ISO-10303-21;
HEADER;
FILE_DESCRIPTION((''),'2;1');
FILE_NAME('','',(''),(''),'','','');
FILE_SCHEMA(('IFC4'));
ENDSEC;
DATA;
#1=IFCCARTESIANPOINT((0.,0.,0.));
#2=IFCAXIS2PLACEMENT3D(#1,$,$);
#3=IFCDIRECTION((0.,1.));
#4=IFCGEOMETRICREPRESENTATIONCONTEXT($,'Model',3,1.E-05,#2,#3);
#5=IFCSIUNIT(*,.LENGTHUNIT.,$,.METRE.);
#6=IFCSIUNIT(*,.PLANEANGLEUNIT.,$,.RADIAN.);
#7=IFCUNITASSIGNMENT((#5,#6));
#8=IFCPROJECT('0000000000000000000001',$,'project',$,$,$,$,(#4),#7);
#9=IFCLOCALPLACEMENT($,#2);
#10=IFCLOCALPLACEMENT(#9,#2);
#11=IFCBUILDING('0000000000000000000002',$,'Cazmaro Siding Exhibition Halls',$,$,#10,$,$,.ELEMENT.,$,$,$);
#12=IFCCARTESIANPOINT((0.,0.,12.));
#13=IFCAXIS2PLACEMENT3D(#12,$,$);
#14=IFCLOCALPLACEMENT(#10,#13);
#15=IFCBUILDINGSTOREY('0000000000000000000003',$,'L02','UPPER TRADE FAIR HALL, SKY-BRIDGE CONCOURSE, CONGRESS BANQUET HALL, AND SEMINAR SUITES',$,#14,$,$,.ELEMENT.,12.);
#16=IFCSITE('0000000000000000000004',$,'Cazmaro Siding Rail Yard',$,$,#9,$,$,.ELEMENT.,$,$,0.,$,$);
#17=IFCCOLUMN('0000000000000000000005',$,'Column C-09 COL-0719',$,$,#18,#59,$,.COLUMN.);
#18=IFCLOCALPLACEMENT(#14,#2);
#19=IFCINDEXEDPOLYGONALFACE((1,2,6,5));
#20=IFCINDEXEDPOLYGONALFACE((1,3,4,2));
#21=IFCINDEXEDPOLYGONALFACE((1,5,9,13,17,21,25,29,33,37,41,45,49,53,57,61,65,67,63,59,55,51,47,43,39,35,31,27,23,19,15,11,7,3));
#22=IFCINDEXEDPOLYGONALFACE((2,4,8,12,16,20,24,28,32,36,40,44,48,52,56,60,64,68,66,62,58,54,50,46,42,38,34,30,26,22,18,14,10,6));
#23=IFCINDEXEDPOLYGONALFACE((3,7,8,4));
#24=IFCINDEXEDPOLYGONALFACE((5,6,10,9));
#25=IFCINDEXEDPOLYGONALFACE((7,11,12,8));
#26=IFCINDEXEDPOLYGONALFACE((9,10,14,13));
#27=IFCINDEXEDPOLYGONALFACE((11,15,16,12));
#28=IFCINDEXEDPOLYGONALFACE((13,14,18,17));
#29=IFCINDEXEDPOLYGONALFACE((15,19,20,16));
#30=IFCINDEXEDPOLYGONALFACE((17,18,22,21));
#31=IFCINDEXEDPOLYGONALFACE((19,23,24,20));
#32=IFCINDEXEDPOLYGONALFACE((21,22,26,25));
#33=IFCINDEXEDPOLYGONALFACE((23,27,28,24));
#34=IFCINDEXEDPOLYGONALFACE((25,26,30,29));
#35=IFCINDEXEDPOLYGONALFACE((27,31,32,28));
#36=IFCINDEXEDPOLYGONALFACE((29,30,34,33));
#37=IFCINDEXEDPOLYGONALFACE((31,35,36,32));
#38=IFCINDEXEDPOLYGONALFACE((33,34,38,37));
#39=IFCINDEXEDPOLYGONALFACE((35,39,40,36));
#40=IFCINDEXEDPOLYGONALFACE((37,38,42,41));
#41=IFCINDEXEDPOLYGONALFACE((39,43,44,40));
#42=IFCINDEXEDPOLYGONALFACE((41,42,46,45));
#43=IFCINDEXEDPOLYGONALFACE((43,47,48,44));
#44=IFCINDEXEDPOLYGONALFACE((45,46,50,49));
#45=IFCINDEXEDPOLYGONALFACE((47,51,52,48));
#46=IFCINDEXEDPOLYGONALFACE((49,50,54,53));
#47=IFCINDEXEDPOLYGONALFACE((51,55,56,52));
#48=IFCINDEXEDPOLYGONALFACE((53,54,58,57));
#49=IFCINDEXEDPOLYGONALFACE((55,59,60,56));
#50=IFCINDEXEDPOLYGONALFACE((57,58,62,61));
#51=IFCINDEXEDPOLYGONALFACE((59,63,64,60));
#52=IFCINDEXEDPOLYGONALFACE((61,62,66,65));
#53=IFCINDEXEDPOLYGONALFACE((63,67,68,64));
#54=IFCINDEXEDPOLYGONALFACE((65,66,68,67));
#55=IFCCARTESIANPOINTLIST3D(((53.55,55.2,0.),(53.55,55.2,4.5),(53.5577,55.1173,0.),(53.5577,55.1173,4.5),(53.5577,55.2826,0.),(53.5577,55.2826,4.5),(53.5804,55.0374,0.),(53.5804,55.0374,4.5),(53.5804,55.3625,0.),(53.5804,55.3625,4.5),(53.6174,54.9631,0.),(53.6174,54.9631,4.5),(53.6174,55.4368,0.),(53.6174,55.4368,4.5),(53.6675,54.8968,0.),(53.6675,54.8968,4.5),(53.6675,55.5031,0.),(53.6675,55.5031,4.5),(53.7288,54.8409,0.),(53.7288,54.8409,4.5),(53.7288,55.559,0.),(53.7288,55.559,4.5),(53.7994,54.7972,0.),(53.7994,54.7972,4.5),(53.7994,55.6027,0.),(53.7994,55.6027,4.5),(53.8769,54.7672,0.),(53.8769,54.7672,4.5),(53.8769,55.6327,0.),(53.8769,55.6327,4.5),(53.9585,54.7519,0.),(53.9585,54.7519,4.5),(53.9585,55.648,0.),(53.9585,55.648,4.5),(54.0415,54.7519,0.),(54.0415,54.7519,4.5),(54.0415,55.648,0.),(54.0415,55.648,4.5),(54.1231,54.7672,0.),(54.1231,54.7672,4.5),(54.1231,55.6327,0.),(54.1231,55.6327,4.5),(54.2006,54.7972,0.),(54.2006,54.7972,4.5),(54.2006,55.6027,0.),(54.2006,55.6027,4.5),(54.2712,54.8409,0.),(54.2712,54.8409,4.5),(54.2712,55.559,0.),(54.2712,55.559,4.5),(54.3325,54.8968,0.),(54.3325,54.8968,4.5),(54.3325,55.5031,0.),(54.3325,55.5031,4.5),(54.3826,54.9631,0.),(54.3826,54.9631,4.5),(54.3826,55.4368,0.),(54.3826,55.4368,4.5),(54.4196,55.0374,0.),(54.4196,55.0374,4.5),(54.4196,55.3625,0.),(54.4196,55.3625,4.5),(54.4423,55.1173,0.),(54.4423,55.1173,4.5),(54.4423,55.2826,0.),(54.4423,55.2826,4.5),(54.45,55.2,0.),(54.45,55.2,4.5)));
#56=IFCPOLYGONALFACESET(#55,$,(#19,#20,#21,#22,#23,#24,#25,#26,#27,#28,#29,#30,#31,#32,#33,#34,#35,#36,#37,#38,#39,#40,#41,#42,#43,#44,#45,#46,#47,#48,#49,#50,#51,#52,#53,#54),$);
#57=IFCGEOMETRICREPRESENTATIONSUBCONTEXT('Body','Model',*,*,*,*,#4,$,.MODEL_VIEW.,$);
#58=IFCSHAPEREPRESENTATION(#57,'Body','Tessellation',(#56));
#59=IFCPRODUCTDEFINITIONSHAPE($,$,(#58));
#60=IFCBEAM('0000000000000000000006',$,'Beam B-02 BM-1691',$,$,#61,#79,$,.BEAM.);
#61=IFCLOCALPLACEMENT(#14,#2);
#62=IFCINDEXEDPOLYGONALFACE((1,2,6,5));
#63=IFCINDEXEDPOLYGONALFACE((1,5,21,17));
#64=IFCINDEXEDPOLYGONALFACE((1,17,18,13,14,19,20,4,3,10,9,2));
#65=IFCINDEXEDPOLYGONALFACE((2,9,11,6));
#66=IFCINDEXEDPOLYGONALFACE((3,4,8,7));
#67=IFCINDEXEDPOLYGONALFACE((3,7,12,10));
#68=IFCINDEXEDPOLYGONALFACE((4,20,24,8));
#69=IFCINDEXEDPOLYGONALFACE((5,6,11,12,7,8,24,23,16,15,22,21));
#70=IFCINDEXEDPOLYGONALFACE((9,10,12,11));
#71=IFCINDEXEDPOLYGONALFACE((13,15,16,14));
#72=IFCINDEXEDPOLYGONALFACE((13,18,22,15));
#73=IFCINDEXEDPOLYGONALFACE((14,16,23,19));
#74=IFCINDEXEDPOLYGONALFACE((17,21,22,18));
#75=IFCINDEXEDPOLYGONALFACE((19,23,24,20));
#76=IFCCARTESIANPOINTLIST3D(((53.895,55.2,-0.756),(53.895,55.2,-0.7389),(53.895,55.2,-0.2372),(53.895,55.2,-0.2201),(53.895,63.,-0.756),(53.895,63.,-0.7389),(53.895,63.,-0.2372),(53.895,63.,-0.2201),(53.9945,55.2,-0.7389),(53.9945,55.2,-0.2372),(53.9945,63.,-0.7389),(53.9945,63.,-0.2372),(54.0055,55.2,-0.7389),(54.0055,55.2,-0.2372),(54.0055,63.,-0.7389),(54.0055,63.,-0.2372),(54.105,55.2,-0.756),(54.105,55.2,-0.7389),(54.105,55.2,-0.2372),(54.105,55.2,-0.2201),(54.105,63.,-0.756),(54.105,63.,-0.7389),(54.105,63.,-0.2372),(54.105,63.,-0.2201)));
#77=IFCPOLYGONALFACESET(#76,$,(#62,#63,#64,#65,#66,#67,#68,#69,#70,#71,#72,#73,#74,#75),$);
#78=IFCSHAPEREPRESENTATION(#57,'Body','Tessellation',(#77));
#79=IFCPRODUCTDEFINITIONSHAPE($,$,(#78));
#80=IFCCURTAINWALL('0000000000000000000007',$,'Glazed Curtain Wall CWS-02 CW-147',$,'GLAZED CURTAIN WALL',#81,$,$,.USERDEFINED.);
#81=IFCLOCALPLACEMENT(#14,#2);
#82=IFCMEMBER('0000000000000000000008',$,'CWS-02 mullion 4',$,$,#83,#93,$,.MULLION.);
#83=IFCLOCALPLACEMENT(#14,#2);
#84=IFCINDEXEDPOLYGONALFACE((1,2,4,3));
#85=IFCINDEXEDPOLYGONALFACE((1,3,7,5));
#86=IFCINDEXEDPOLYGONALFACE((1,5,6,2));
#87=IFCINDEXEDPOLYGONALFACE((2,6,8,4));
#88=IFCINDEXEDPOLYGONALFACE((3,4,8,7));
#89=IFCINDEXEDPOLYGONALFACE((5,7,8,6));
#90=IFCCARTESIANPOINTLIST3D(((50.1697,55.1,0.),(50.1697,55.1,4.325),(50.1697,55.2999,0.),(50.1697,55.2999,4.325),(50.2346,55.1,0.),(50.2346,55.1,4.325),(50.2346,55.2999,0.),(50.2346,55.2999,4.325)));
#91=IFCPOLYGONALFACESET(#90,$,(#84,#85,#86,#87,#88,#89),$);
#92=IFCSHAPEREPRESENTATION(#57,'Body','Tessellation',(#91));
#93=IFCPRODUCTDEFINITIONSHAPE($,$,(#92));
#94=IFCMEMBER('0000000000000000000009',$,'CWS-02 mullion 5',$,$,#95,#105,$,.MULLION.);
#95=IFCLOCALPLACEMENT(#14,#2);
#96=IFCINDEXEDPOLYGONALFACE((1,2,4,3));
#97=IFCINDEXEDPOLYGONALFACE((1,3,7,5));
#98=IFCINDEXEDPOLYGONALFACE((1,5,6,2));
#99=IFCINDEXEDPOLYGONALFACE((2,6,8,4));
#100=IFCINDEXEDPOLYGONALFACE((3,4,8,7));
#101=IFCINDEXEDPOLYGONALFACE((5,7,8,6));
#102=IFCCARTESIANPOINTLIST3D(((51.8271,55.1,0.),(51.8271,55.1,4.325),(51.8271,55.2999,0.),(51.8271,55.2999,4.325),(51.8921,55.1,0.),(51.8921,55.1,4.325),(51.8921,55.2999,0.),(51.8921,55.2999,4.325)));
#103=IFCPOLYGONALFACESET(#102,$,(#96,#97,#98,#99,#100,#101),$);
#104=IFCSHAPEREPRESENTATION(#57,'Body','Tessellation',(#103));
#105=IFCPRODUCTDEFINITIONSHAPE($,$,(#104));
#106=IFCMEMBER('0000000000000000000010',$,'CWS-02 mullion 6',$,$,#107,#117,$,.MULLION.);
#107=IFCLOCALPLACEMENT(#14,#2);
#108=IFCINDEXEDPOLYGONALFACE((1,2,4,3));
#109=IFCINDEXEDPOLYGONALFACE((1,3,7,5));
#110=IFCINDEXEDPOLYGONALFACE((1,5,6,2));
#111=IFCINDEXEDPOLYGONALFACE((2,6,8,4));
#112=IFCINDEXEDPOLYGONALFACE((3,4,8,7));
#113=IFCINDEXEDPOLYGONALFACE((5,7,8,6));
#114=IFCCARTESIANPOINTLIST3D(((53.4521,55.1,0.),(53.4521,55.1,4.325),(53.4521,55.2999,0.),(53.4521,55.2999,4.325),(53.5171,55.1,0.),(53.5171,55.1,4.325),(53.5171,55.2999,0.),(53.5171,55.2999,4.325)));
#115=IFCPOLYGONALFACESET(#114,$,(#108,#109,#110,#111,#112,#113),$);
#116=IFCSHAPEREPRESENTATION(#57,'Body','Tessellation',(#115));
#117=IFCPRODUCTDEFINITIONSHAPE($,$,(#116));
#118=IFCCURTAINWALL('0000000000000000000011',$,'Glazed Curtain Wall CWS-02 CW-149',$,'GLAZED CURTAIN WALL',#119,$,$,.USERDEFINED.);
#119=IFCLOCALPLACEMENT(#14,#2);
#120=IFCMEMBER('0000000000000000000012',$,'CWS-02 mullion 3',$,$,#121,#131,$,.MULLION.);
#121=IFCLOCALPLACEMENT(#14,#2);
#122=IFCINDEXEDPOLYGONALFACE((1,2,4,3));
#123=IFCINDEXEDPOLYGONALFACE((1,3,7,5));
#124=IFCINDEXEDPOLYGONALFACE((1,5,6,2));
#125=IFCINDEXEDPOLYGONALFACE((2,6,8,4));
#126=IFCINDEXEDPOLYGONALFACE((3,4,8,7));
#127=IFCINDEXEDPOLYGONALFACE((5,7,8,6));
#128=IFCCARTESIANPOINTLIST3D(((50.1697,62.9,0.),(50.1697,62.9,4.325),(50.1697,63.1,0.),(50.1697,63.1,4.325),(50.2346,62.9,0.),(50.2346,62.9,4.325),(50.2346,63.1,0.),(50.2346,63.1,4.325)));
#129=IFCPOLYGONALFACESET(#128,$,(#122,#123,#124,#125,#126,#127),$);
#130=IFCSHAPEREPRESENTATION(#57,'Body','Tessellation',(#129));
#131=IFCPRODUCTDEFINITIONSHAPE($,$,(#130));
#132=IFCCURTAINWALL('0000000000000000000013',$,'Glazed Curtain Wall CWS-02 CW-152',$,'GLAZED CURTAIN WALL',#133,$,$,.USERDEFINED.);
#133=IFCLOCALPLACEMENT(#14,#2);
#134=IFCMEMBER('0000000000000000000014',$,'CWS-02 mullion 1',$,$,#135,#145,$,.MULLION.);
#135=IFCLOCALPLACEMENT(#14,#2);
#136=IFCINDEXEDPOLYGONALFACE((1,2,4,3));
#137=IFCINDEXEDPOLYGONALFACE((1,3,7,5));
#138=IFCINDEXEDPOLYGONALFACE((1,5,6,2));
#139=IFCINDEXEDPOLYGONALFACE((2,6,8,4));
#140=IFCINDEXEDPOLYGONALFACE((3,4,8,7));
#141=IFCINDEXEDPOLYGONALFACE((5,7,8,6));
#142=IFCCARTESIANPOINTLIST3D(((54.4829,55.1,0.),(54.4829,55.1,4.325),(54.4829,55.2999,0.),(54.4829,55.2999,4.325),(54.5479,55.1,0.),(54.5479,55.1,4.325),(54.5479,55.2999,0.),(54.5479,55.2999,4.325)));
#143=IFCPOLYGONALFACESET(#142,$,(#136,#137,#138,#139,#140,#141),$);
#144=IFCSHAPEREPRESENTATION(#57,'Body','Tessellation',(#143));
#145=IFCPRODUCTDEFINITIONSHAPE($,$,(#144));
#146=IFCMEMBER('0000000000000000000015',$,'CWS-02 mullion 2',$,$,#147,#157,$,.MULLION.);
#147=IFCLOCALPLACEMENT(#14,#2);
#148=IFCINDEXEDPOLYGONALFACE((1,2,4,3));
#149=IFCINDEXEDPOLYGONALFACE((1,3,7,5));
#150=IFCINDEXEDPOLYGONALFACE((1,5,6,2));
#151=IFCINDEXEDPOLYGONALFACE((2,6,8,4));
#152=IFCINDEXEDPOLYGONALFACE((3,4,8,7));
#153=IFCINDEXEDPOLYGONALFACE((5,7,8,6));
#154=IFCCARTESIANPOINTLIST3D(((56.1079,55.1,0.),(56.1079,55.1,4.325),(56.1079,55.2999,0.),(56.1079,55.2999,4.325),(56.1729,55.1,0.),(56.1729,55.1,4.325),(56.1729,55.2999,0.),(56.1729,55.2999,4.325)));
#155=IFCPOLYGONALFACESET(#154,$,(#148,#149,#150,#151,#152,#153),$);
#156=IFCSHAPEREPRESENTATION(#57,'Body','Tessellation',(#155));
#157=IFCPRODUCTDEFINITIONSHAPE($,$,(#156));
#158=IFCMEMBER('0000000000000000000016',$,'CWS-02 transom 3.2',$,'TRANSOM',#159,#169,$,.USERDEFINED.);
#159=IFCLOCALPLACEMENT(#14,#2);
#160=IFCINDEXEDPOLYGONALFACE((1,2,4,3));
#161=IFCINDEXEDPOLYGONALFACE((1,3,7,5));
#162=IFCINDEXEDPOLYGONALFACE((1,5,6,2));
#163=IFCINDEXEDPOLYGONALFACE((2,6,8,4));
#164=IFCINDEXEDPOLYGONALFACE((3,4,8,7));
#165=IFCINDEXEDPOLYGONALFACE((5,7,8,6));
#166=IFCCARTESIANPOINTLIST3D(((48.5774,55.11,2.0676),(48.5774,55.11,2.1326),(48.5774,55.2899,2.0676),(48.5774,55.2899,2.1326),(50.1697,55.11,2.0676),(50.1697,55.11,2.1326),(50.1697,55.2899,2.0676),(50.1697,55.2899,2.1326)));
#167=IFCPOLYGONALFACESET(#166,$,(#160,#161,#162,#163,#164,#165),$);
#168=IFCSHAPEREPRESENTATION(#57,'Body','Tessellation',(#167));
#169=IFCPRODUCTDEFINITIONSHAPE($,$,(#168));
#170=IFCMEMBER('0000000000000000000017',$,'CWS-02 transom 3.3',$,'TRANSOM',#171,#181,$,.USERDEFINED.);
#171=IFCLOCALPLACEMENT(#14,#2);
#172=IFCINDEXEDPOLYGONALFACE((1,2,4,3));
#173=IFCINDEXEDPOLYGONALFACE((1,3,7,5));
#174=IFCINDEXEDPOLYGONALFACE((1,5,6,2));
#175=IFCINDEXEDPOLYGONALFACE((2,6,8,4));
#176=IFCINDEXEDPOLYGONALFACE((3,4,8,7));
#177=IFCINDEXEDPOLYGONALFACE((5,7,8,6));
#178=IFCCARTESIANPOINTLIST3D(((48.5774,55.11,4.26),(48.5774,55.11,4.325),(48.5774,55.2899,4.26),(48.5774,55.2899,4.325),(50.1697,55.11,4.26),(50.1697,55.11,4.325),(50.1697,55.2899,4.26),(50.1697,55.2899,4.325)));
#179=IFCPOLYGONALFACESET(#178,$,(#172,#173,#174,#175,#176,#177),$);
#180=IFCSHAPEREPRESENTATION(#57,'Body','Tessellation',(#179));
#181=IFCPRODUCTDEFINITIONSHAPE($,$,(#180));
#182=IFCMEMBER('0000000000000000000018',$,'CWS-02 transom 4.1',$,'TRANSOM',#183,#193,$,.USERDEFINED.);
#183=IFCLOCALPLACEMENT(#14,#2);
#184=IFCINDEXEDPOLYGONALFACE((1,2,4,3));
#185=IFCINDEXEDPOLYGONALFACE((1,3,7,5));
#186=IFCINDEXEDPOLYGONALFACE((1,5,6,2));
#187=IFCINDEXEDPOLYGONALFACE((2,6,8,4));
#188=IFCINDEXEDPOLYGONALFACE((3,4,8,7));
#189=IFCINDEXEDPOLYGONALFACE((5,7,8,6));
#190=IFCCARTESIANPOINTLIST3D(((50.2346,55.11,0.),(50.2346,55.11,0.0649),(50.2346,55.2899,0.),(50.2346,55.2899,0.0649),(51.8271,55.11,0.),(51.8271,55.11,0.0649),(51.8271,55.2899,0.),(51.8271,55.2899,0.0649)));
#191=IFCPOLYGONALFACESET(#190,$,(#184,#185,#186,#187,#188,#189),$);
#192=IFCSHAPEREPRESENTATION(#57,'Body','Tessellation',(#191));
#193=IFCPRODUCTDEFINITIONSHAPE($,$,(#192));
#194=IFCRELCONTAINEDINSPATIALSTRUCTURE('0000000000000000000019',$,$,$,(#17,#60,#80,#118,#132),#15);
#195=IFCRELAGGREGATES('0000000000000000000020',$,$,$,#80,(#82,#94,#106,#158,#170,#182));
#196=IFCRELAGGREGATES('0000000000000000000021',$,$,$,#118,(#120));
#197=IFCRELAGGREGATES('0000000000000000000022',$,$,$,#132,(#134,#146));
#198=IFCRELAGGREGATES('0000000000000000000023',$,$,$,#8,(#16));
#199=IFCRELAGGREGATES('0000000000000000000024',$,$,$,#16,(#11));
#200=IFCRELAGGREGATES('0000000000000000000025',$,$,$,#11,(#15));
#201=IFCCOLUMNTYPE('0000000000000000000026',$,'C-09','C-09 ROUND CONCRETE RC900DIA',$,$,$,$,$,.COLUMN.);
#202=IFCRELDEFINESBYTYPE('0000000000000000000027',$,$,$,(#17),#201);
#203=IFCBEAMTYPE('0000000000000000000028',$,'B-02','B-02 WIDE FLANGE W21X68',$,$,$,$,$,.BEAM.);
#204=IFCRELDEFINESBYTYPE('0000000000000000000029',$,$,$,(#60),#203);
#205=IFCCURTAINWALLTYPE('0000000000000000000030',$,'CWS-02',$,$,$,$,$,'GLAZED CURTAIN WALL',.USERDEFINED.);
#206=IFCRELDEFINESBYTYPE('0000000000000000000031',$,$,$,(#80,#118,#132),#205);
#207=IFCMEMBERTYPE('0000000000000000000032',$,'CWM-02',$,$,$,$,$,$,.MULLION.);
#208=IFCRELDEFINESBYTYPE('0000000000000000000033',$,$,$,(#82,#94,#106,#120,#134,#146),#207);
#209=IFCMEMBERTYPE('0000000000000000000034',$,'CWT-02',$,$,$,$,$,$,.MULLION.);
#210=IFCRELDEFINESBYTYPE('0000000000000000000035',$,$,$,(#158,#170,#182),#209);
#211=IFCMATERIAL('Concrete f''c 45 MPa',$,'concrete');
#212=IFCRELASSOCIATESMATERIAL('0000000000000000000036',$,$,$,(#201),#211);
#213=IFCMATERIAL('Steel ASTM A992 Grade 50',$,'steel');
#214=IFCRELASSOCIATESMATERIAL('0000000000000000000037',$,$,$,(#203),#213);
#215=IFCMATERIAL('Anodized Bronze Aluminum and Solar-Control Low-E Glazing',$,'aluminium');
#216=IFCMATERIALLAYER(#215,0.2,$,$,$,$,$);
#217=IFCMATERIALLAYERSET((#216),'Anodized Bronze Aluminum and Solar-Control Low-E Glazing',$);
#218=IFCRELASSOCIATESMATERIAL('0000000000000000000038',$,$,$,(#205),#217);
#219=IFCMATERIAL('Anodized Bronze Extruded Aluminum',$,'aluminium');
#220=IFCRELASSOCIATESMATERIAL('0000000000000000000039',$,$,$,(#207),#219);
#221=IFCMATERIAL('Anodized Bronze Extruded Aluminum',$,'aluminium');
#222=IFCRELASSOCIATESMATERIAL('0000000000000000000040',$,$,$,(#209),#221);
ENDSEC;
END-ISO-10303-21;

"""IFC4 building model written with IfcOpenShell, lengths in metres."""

from ifc_helpers import new_model, si_unit, direction, frame, origin, origin_2d, place, context, subcontext, project, spatial, rectangle, circle, i_section, extrude, material, layer, layer_set, material_profile, profile_set, type_object, element, aggregate, save


model = new_model("IFC4")

# Units and contexts
model_context = context("Model", 3, precision=1e-05, world=origin(), true_north=direction((0.0, 1.0)))
body_context = subcontext(model_context, "Body", "Model", "MODEL_VIEW")
ifc_project = project(units=[si_unit("LENGTHUNIT", "METRE"), si_unit("PLANEANGLEUNIT", "RADIAN")], contexts=[model_context])

# Site, building, storey
site_placement = place(None, origin())
site = spatial("IfcSite", under=ifc_project, at=site_placement, Name="Cazmaro Siding Rail Yard", CompositionType="ELEMENT", RefElevation=0.0)
building_placement = place(site_placement, origin())
building = spatial("IfcBuilding", under=site, at=building_placement, Name="Cazmaro Siding Exhibition Halls", CompositionType="ELEMENT")
storey_placement = place(building_placement, frame((0.0, 0.0, 12.0)))
storey = spatial("IfcBuildingStorey", under=building, at=storey_placement, Name="L02", Description="UPPER TRADE FAIR HALL, SKY-BRIDGE CONCOURSE, CONGRESS BANQUET HALL, AND SEMINAR SUITES", CompositionType="ELEMENT", Elevation=12.0)

# Column
ifc_material_1 = material(Name="Concrete f'c 45 MPa", Category="concrete")
ifc_material_profile_1 = material_profile(ifc_material_1, circle(Radius=0.45, at=origin_2d()), Name="RC900DIA")
ifc_profile_set_1 = profile_set([ifc_material_profile_1], Name="Concrete f'c 45 MPa")
column_type = type_object("IfcColumnType", Name="C-09", Description="C-09 ROUND CONCRETE RC900DIA", PredefinedType="COLUMN", material=ifc_profile_set_1)
column_placement = place(storey_placement, frame((54.0, 55.2, 0.0), z_axis=(0.0, 0.0, 1.0), x_axis=(1.0, 0.0, 0.0)))
element("IfcColumn", 1, at=column_placement, inside=storey, type_object=column_type, Name="Column C-09 COL-0719", PredefinedType="COLUMN", context=body_context, shape_type="SweptSolid", body=[
    extrude(circle(Radius=0.45, at=origin_2d()), origin(), (0.0, 0.0, 1.0), 4.5),
])

# Beam
ifc_material_2 = material(Name="Steel ASTM A992 Grade 50", Category="steel")
ifc_material_profile_2 = material_profile(ifc_material_2, i_section(OverallWidth=0.21, OverallDepth=0.5359, WebThickness=0.011, FlangeThickness=0.0171, at=origin_2d()), Name="W21X68")
ifc_profile_set_2 = profile_set([ifc_material_profile_2], Name="Steel ASTM A992 Grade 50")
beam_type_1 = type_object("IfcBeamType", Name="B-02", Description="B-02 WIDE FLANGE W21X68", PredefinedType="BEAM", material=ifc_profile_set_2)
beam_1_placement = place(storey_placement, frame((54.0, 55.2, -0.488), z_axis=(0.0, 1.0, 0.0), x_axis=(-1.0, 0.0, 0.0)))
element("IfcBeam", 2, at=beam_1_placement, inside=storey, type_object=beam_type_1, Name="Beam B-02 BM-1691", PredefinedType="BEAM", context=body_context, shape_type="SweptSolid", body=[
    extrude(i_section(OverallWidth=0.21, OverallDepth=0.5359, WebThickness=0.011, FlangeThickness=0.0171, at=origin_2d()), origin(), (0.0, 0.0, 1.0), 7.8),
])

# Curtain wall, members
ifc_material_3 = material(Name="Anodized Bronze Aluminum and Solar-Control Low-E Glazing", Category="aluminium")
ifc_layer_1 = layer(ifc_material_3, 0.2)
ifc_layer_set_1 = layer_set([ifc_layer_1], Name="Anodized Bronze Aluminum and Solar-Control Low-E Glazing")
curtain_wall_type = type_object("IfcCurtainWallType", Name="CWS-02", ElementType="GLAZED CURTAIN WALL", PredefinedType="USERDEFINED", material=ifc_layer_set_1)
curtain_wall_1_placement = place(storey_placement, origin())
curtain_wall_1 = element("IfcCurtainWall", 3, at=curtain_wall_1_placement, inside=storey, type_object=curtain_wall_type, Name="Glazed Curtain Wall CWS-02 CW-147", ObjectType="GLAZED CURTAIN WALL", PredefinedType="USERDEFINED")
ifc_material_4 = material(Name="Anodized Bronze Extruded Aluminum", Category="aluminium")
ifc_material_profile_3 = material_profile(ifc_material_4, rectangle(XDim=0.2, YDim=0.0649, at=origin_2d()), Name="CWM-02")
ifc_profile_set_3 = profile_set([ifc_material_profile_3], Name="Anodized Bronze Extruded Aluminum")
member_type_1 = type_object("IfcMemberType", Name="CWM-02", PredefinedType="MULLION", material=ifc_profile_set_3)
member_1_placement = place(storey_placement, frame((50.2021, 55.2, 0.0), z_axis=(0.0, 0.0, 1.0), x_axis=(0.0, 1.0, 0.0)))
member_1 = element("IfcMember", 4, at=member_1_placement, type_object=member_type_1, Name="CWS-02 mullion 4", PredefinedType="MULLION", context=body_context, shape_type="SweptSolid", body=[
    extrude(rectangle(XDim=0.2, YDim=0.0649, at=origin_2d()), origin(), (0.0, 0.0, 1.0), 4.325),
])
member_2_placement = place(storey_placement, frame((51.8596, 55.2, 0.0), z_axis=(0.0, 0.0, 1.0), x_axis=(0.0, 1.0, 0.0)))
member_2 = element("IfcMember", 5, at=member_2_placement, type_object=member_type_1, Name="CWS-02 mullion 5", PredefinedType="MULLION", context=body_context, shape_type="SweptSolid", body=[
    extrude(rectangle(XDim=0.2, YDim=0.0649, at=origin_2d()), origin(), (0.0, 0.0, 1.0), 4.325),
])
member_3_placement = place(storey_placement, frame((53.4846, 55.2, 0.0), z_axis=(0.0, 0.0, 1.0), x_axis=(0.0, 1.0, 0.0)))
member_3 = element("IfcMember", 6, at=member_3_placement, type_object=member_type_1, Name="CWS-02 mullion 6", PredefinedType="MULLION", context=body_context, shape_type="SweptSolid", body=[
    extrude(rectangle(XDim=0.2, YDim=0.0649, at=origin_2d()), origin(), (0.0, 0.0, 1.0), 4.325),
])

# Curtain wall, member
curtain_wall_2_placement = place(storey_placement, origin())
curtain_wall_2 = element("IfcCurtainWall", 7, at=curtain_wall_2_placement, inside=storey, type_object=curtain_wall_type, Name="Glazed Curtain Wall CWS-02 CW-149", ObjectType="GLAZED CURTAIN WALL", PredefinedType="USERDEFINED")
member_4_placement = place(storey_placement, frame((50.2021, 63.0, 0.0), z_axis=(0.0, 0.0, 1.0), x_axis=(0.0, -1.0, 0.0)))
member_4 = element("IfcMember", 8, at=member_4_placement, type_object=member_type_1, Name="CWS-02 mullion 3", PredefinedType="MULLION", context=body_context, shape_type="SweptSolid", body=[
    extrude(rectangle(XDim=0.2, YDim=0.0649, at=origin_2d()), origin(), (0.0, 0.0, 1.0), 4.325),
])

# Curtain wall, members
curtain_wall_3_placement = place(storey_placement, origin())
curtain_wall_3 = element("IfcCurtainWall", 9, at=curtain_wall_3_placement, inside=storey, type_object=curtain_wall_type, Name="Glazed Curtain Wall CWS-02 CW-152", ObjectType="GLAZED CURTAIN WALL", PredefinedType="USERDEFINED")
member_5_placement = place(storey_placement, frame((54.5154, 55.2, 0.0), z_axis=(0.0, 0.0, 1.0), x_axis=(0.0, 1.0, 0.0)))
member_5 = element("IfcMember", 10, at=member_5_placement, type_object=member_type_1, Name="CWS-02 mullion 1", PredefinedType="MULLION", context=body_context, shape_type="SweptSolid", body=[
    extrude(rectangle(XDim=0.2, YDim=0.0649, at=origin_2d()), origin(), (0.0, 0.0, 1.0), 4.325),
])
member_6_placement = place(storey_placement, frame((56.1404, 55.2, 0.0), z_axis=(0.0, 0.0, 1.0), x_axis=(0.0, 1.0, 0.0)))
member_6 = element("IfcMember", 11, at=member_6_placement, type_object=member_type_1, Name="CWS-02 mullion 2", PredefinedType="MULLION", context=body_context, shape_type="SweptSolid", body=[
    extrude(rectangle(XDim=0.2, YDim=0.0649, at=origin_2d()), origin(), (0.0, 0.0, 1.0), 4.325),
])

# Members
ifc_material_5 = material(Name="Anodized Bronze Extruded Aluminum", Category="aluminium")
ifc_material_profile_4 = material_profile(ifc_material_5, rectangle(XDim=0.1799, YDim=0.0649, at=origin_2d()), Name="CWT-02")
ifc_profile_set_4 = profile_set([ifc_material_profile_4], Name="Anodized Bronze Extruded Aluminum")
member_type_2 = type_object("IfcMemberType", Name="CWT-02", PredefinedType="MULLION", material=ifc_profile_set_4)
member_7_placement = place(storey_placement, frame((48.5774, 55.2, 2.1001), z_axis=(1.0, 0.0, 0.0), x_axis=(0.0, 1.0, 0.0)))
member_7 = element("IfcMember", 12, at=member_7_placement, type_object=member_type_2, Name="CWS-02 transom 3.2", ObjectType="TRANSOM", PredefinedType="USERDEFINED", context=body_context, shape_type="SweptSolid", body=[
    extrude(rectangle(XDim=0.1799, YDim=0.0649, at=origin_2d()), origin(), (0.0, 0.0, 1.0), 1.5923),
])
member_8_placement = place(storey_placement, frame((48.5774, 55.2, 4.2925), z_axis=(1.0, 0.0, 0.0), x_axis=(0.0, 1.0, 0.0)))
member_8 = element("IfcMember", 13, at=member_8_placement, type_object=member_type_2, Name="CWS-02 transom 3.3", ObjectType="TRANSOM", PredefinedType="USERDEFINED", context=body_context, shape_type="SweptSolid", body=[
    extrude(rectangle(XDim=0.1799, YDim=0.0649, at=origin_2d()), origin(), (0.0, 0.0, 1.0), 1.5923),
])
member_9_placement = place(storey_placement, frame((50.2346, 55.2, 0.0325), z_axis=(1.0, 0.0, 0.0), x_axis=(0.0, 1.0, 0.0)))
member_9 = element("IfcMember", 14, at=member_9_placement, type_object=member_type_2, Name="CWS-02 transom 4.1", ObjectType="TRANSOM", PredefinedType="USERDEFINED", context=body_context, shape_type="SweptSolid", body=[
    extrude(rectangle(XDim=0.1799, YDim=0.0649, at=origin_2d()), origin(), (0.0, 0.0, 1.0), 1.5925),
])

aggregate(curtain_wall_1, [member_1, member_2, member_3, member_7, member_8, member_9])
aggregate(curtain_wall_2, [member_4])
aggregate(curtain_wall_3, [member_5, member_6])

save(model, "model.ifc")
